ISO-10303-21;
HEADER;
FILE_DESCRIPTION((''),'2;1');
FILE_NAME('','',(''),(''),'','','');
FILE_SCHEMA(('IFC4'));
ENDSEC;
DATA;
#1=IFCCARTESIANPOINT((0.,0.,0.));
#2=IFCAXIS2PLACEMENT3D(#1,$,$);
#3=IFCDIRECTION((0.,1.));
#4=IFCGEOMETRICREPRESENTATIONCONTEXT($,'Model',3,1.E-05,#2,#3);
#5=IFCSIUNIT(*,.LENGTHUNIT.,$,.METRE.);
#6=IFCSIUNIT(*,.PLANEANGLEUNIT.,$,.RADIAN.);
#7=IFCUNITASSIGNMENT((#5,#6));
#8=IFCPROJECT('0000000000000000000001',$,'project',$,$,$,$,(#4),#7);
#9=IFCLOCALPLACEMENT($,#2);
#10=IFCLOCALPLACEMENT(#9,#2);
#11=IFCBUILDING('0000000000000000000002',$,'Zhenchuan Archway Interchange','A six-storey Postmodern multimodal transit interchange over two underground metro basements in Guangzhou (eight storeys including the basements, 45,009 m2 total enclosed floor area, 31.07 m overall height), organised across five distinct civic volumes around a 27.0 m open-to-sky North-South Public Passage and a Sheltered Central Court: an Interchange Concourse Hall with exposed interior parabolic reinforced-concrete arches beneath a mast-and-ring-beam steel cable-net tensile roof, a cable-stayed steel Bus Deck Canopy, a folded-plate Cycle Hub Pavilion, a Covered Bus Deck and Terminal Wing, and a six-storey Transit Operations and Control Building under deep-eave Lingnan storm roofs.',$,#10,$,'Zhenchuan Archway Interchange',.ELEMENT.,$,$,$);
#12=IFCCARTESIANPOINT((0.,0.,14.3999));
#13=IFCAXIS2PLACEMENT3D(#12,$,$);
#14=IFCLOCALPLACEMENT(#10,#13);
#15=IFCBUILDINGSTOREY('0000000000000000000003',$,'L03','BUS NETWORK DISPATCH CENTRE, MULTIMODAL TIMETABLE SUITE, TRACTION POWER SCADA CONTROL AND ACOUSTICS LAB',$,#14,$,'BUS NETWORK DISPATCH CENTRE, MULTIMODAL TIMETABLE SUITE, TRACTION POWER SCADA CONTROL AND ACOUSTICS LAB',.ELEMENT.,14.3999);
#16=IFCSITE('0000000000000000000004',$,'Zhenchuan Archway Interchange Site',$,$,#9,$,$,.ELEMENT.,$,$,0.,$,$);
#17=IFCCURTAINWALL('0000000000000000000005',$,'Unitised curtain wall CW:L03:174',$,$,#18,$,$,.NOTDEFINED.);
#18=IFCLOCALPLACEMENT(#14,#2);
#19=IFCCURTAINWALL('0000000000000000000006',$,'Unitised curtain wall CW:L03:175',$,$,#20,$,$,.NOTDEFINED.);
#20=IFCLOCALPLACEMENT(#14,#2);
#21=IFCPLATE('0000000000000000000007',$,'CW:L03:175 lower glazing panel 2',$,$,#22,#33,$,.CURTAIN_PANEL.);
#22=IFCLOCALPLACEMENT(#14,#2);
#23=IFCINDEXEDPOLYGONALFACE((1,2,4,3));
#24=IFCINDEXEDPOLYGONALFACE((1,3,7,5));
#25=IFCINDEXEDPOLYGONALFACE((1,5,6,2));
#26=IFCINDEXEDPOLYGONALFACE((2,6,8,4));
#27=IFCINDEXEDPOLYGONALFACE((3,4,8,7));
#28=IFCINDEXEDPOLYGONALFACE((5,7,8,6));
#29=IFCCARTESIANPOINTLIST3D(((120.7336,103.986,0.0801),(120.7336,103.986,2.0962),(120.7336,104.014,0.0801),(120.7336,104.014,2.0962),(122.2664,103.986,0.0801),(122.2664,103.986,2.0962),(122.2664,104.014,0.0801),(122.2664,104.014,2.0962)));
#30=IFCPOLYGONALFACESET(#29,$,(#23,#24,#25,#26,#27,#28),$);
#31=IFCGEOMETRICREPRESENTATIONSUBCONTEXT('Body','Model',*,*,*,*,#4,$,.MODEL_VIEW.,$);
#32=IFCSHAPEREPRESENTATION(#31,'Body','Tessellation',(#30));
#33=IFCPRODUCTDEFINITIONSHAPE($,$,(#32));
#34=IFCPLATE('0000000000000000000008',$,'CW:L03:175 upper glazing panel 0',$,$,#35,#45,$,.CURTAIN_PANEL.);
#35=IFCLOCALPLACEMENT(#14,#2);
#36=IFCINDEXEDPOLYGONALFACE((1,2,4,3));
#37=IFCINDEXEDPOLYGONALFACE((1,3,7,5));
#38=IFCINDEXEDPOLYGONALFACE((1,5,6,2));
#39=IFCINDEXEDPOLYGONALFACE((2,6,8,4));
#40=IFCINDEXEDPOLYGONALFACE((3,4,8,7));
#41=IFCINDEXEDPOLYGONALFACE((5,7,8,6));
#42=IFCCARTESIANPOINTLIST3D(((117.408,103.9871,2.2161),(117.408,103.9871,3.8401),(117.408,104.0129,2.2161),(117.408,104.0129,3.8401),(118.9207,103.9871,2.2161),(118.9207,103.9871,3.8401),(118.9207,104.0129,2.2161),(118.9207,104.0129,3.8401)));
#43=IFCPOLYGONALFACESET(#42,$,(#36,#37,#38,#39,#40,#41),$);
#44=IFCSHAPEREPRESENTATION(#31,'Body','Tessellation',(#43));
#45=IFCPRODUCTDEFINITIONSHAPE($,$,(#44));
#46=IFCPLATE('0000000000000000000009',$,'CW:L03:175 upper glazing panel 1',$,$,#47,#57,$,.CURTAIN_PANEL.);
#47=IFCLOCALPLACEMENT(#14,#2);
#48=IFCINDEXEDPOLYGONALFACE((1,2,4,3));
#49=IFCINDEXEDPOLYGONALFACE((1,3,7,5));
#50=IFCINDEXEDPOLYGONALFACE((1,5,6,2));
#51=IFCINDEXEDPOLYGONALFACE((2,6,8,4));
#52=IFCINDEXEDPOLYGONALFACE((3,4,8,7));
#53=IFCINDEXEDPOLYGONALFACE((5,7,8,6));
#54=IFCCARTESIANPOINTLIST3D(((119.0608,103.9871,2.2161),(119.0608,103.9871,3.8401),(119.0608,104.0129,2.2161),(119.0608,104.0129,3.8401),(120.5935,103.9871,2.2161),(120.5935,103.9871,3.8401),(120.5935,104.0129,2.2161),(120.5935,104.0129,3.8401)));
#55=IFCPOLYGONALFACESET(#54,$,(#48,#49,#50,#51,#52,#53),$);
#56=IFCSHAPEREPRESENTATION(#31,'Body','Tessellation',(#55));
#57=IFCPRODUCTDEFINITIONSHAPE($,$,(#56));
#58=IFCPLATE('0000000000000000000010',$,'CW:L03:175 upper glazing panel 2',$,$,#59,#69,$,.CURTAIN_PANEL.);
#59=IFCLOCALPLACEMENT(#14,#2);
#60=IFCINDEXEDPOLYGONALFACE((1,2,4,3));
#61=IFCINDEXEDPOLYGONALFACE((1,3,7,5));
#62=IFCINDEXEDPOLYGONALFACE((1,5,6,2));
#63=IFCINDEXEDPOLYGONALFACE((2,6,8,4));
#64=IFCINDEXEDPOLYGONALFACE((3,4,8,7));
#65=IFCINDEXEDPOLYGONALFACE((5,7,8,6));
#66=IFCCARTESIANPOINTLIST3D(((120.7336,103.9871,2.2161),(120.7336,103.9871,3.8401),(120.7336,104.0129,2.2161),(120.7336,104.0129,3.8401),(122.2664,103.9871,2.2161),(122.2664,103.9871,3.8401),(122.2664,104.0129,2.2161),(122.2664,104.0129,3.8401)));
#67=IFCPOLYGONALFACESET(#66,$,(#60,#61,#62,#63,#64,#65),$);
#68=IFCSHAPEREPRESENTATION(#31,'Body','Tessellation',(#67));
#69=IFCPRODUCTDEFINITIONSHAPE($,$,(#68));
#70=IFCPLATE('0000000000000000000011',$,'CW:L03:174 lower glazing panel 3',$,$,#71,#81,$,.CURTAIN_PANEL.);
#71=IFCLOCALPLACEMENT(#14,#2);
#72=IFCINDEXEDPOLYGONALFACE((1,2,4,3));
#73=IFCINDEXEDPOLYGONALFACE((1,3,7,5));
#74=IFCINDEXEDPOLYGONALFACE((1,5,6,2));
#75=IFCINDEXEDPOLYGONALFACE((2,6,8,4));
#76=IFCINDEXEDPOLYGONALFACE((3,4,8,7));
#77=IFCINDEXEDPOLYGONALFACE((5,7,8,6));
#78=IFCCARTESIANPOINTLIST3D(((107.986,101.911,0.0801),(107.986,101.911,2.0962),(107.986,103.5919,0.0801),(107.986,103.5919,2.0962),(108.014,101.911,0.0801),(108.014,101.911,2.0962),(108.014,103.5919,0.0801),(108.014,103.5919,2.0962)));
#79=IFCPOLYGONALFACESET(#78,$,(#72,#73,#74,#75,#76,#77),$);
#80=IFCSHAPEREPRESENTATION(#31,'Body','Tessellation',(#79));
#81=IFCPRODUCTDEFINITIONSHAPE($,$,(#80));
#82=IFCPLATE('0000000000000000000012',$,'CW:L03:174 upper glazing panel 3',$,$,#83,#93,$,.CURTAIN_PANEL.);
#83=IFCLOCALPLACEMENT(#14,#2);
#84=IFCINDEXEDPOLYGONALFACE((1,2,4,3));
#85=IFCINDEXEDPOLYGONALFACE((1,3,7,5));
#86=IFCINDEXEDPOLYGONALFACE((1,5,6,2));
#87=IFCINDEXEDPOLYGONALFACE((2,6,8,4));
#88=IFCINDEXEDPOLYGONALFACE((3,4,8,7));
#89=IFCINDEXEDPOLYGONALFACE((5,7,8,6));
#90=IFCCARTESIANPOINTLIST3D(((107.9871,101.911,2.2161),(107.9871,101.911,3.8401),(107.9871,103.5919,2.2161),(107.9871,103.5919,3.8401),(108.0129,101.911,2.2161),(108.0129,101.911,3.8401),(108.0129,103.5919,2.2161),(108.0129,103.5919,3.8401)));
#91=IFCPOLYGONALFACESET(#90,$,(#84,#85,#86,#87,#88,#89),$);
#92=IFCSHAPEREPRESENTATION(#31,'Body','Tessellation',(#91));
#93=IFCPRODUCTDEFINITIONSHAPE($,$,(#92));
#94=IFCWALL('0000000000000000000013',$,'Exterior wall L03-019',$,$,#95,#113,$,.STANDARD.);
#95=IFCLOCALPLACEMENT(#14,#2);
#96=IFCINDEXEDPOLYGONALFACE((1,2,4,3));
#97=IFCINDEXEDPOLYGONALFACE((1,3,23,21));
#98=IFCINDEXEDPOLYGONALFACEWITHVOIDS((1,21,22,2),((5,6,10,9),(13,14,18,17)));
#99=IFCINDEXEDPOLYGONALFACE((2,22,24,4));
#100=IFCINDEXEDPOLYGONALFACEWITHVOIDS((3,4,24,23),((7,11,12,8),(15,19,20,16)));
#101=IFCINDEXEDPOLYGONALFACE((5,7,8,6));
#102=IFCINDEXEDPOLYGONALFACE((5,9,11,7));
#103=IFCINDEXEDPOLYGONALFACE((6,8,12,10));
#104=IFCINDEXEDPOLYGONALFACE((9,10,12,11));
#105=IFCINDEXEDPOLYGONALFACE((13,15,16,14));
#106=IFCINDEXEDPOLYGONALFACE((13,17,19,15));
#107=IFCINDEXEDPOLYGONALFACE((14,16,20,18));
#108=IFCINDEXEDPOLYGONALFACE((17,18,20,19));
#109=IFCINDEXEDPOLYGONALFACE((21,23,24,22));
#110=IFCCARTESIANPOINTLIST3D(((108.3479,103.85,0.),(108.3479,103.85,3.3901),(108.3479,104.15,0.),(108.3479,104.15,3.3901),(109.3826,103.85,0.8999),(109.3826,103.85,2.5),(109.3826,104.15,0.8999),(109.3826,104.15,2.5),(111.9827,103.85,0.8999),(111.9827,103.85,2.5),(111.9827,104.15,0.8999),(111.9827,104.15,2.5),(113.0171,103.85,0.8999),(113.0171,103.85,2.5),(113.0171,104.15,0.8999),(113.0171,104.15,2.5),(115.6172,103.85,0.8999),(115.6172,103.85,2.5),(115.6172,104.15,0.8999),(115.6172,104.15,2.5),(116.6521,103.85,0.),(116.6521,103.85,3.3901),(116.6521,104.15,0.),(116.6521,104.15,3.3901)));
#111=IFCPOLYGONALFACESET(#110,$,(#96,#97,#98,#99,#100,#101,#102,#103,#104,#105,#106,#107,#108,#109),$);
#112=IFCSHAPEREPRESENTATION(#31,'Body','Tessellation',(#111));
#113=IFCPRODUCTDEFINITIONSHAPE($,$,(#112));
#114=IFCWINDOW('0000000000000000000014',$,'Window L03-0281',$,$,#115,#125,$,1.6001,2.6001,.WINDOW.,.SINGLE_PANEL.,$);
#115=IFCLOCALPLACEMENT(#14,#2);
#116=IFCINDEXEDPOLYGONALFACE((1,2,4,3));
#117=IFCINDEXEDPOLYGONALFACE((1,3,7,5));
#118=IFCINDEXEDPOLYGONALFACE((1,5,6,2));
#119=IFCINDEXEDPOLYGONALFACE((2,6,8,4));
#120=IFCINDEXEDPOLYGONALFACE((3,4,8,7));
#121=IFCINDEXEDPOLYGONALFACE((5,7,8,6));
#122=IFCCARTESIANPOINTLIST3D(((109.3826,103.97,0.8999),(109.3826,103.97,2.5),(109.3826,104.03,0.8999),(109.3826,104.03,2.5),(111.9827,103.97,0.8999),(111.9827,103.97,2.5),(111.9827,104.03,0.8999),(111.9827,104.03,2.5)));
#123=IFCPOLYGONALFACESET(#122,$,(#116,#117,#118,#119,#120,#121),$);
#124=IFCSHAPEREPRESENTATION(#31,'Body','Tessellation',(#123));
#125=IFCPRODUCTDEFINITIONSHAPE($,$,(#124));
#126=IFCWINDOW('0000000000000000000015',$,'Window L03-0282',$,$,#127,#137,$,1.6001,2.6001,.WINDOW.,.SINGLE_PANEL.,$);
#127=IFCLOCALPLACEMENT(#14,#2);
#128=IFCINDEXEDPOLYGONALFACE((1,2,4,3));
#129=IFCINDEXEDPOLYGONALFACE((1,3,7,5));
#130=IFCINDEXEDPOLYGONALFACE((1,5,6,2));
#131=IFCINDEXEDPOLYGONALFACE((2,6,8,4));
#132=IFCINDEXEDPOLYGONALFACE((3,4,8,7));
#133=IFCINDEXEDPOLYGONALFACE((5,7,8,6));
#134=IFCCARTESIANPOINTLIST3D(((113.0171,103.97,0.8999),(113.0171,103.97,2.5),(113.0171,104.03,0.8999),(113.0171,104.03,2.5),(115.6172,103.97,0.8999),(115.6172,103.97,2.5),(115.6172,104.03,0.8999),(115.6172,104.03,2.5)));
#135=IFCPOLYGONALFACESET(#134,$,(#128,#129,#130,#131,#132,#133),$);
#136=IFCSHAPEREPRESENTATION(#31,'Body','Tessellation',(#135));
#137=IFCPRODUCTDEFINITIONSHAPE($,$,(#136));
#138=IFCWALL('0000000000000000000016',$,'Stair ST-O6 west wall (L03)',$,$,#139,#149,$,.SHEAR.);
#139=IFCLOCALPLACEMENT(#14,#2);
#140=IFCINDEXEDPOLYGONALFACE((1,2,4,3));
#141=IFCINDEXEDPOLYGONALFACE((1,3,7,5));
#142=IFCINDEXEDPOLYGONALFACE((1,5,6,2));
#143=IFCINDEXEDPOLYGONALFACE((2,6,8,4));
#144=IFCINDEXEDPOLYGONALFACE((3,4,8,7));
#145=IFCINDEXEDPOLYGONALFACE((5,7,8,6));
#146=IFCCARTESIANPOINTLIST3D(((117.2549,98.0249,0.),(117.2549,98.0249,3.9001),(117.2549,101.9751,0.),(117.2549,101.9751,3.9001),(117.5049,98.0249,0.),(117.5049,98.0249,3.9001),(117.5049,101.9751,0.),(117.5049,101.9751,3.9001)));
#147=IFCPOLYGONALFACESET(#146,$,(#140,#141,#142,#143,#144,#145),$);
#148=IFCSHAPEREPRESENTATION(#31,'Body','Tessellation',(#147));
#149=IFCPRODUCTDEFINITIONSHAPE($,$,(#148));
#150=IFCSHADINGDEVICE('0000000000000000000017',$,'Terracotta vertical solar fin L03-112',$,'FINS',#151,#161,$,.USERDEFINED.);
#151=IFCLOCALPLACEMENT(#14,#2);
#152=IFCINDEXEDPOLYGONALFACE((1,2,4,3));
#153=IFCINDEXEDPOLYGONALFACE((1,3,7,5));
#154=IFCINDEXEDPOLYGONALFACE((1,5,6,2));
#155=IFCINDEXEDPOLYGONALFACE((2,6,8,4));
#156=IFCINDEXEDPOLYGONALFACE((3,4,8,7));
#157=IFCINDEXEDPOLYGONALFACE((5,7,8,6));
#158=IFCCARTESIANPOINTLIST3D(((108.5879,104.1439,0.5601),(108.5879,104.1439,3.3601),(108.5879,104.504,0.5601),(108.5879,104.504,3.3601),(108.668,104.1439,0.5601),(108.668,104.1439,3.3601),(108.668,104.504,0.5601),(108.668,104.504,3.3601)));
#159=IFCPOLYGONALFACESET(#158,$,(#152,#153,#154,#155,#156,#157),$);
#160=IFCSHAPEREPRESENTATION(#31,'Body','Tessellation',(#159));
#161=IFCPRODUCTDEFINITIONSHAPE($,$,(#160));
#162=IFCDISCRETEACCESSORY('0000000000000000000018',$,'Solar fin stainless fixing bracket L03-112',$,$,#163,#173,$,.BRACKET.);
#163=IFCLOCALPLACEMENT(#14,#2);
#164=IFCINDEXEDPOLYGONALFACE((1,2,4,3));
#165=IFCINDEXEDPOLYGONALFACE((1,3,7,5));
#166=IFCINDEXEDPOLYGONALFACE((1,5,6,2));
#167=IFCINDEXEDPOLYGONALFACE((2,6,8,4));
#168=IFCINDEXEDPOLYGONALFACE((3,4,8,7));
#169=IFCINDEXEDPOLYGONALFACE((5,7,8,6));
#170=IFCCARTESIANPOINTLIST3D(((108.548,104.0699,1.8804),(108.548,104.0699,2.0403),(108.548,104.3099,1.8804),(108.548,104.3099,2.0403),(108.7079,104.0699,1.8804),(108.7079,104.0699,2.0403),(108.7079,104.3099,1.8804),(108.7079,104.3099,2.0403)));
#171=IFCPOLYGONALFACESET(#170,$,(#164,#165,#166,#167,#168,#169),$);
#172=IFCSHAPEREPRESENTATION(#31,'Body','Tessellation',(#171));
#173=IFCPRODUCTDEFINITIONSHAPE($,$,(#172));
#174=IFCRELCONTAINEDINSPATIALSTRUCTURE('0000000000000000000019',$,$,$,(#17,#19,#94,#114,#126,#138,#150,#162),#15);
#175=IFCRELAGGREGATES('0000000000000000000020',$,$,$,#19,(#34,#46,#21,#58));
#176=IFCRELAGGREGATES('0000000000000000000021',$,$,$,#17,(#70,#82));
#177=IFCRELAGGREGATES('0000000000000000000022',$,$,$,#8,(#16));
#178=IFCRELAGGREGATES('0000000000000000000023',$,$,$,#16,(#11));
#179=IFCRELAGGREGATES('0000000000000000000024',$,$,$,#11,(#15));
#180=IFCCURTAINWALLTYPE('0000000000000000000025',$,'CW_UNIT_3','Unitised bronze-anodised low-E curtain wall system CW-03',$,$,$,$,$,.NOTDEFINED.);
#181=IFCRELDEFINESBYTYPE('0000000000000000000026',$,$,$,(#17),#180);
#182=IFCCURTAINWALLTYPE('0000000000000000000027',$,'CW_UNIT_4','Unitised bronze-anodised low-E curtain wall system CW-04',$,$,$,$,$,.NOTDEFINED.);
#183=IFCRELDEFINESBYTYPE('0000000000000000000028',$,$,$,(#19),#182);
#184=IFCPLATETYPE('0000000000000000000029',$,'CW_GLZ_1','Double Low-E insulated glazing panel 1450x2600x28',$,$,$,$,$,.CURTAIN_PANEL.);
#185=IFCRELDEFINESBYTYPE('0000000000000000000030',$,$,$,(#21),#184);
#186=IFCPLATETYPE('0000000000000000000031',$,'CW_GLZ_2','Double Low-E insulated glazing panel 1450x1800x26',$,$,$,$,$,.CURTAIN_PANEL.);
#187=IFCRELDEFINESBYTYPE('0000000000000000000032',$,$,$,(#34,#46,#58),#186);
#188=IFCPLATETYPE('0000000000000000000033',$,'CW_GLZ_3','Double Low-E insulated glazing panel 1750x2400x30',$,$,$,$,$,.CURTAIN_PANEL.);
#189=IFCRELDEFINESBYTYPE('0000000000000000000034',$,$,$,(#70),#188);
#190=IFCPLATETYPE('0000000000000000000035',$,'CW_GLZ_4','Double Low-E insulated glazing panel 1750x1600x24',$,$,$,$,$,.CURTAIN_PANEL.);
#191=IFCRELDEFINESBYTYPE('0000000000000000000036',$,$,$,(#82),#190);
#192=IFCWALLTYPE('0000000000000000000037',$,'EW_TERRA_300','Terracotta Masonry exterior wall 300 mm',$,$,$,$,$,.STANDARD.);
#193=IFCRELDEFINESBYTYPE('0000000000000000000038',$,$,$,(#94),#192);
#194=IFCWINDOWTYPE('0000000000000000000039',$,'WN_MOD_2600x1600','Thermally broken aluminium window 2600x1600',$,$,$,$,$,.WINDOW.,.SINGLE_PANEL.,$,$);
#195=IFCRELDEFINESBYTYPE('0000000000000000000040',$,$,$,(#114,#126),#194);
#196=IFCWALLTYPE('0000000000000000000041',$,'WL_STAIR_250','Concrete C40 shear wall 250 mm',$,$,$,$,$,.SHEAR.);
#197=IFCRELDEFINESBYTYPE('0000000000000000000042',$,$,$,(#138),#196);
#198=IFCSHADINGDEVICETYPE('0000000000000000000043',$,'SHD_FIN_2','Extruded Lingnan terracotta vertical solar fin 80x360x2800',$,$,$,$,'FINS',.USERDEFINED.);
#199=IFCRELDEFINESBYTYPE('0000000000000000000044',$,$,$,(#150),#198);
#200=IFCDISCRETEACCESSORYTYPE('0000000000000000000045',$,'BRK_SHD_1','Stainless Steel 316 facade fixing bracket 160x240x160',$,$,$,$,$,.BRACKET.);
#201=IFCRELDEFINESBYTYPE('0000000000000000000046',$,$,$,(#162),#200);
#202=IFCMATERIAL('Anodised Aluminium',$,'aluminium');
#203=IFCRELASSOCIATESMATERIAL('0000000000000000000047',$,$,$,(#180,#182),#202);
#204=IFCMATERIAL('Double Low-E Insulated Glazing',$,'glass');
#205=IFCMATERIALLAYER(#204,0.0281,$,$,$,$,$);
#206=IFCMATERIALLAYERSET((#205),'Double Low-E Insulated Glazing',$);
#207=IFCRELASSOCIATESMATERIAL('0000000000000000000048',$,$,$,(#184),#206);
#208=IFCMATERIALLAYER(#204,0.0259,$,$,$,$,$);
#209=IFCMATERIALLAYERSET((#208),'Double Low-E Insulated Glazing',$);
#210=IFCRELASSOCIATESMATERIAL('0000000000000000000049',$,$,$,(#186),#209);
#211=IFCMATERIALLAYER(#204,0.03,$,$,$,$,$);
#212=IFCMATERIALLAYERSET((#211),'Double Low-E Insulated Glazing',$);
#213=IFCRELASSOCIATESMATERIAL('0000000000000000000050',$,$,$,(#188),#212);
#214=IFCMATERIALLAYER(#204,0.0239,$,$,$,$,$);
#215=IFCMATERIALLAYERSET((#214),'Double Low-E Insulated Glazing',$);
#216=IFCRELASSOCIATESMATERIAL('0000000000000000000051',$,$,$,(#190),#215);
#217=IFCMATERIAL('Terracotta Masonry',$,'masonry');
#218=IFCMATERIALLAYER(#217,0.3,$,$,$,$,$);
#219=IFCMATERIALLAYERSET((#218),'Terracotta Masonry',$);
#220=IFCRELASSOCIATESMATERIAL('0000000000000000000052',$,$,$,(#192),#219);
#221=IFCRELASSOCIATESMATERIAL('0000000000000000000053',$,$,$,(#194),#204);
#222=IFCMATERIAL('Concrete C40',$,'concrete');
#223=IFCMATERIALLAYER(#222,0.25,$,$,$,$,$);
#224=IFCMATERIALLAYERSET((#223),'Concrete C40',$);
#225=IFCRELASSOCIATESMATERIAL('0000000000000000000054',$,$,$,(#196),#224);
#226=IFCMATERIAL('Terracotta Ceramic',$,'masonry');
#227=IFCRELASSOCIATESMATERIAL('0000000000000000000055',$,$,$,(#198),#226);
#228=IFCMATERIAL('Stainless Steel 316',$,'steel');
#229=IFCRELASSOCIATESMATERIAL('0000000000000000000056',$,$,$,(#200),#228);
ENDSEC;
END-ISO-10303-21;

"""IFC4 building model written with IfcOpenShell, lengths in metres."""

from ifc_helpers import new_model, si_unit, direction, frame, frame_2d, origin, origin_2d, place, context, subcontext, project, spatial, rectangle, extrude, material, layer, layer_set, type_object, element, fill, aggregate, save


model = new_model("IFC4")

# Units and contexts
model_context = context("Model", 3, precision=1e-05, world=origin(), true_north=direction((0.0, 1.0)))
body_context = subcontext(model_context, "Body", "Model", "MODEL_VIEW")
ifc_project = project(units=[si_unit("LENGTHUNIT", "METRE"), si_unit("PLANEANGLEUNIT", "RADIAN")], contexts=[model_context])

# Site, building, storey
site_placement = place(None, origin())
site = spatial("IfcSite", under=ifc_project, at=site_placement, Name="Zhenchuan Archway Interchange Site", CompositionType="ELEMENT", RefElevation=0.0)
building_placement = place(site_placement, origin())
building = spatial("IfcBuilding", under=site, at=building_placement, Name="Zhenchuan Archway Interchange", Description="A six-storey Postmodern multimodal transit interchange over two underground metro basements in Guangzhou (eight storeys including the basements, 45,009 m2 total enclosed floor area, 31.07 m overall height), organised across five distinct civic volumes around a 27.0 m open-to-sky North-South Public Passage and a Sheltered Central Court: an Interchange Concourse Hall with exposed interior parabolic reinforced-concrete arches beneath a mast-and-ring-beam steel cable-net tensile roof, a cable-stayed steel Bus Deck Canopy, a folded-plate Cycle Hub Pavilion, a Covered Bus Deck and Terminal Wing, and a six-storey Transit Operations and Control Building under deep-eave Lingnan storm roofs.", LongName="Zhenchuan Archway Interchange", CompositionType="ELEMENT")
storey_placement = place(building_placement, frame((0.0, 0.0, 14.3999)))
storey = spatial("IfcBuildingStorey", under=building, at=storey_placement, Name="L03", Description="BUS NETWORK DISPATCH CENTRE, MULTIMODAL TIMETABLE SUITE, TRACTION POWER SCADA CONTROL AND ACOUSTICS LAB", LongName="BUS NETWORK DISPATCH CENTRE, MULTIMODAL TIMETABLE SUITE, TRACTION POWER SCADA CONTROL AND ACOUSTICS LAB", CompositionType="ELEMENT", Elevation=14.3999)

# Shared definitions
ifc_material_1 = material(Name="Concrete C40", Category="concrete")

# Curtain wall
ifc_material_2 = material(Name="Anodised Aluminium", Category="aluminium")
curtain_wall_type_1 = type_object("IfcCurtainWallType", Name="CW_UNIT_3", Description="Unitised bronze-anodised low-E curtain wall system CW-03", PredefinedType="NOTDEFINED", material=ifc_material_2)
curtain_wall_1_placement = place(storey_placement, origin())
curtain_wall_1 = element("IfcCurtainWall", 1, at=curtain_wall_1_placement, inside=storey, type_object=curtain_wall_type_1, Name="Unitised curtain wall CW:L03:174", PredefinedType="NOTDEFINED")

# Curtain wall
curtain_wall_type_2 = type_object("IfcCurtainWallType", Name="CW_UNIT_4", Description="Unitised bronze-anodised low-E curtain wall system CW-04", PredefinedType="NOTDEFINED", material=ifc_material_2)
curtain_wall_2_placement = place(storey_placement, origin())
curtain_wall_2 = element("IfcCurtainWall", 2, at=curtain_wall_2_placement, inside=storey, type_object=curtain_wall_type_2, Name="Unitised curtain wall CW:L03:175", PredefinedType="NOTDEFINED")

# Plates
ifc_material_3 = material(Name="Double Low-E Insulated Glazing", Category="glass")
ifc_layer_1 = layer(ifc_material_3, 0.0281)
ifc_layer_set_1 = layer_set([ifc_layer_1], Name="Double Low-E Insulated Glazing")
plate_type_1 = type_object("IfcPlateType", Name="CW_GLZ_1", Description="Double Low-E insulated glazing panel 1450x2600x28", PredefinedType="CURTAIN_PANEL", material=ifc_layer_set_1)
plate_1_placement = place(storey_placement, frame((121.5, 104.0, 0.0801), z_axis=(0.0, 0.0, 1.0), x_axis=(1.0, 0.0, 0.0)))
plate_1 = element("IfcPlate", 3, at=plate_1_placement, type_object=plate_type_1, Name="CW:L03:175 lower glazing panel 2", PredefinedType="CURTAIN_PANEL", context=body_context, shape_type="SweptSolid", body=[
    extrude(rectangle(XDim=1.5327, YDim=0.0281, at=origin_2d()), origin(), (0.0, 0.0, 1.0), 2.0161),
])
ifc_layer_2 = layer(ifc_material_3, 0.0259)
ifc_layer_set_2 = layer_set([ifc_layer_2], Name="Double Low-E Insulated Glazing")
plate_type_2 = type_object("IfcPlateType", Name="CW_GLZ_2", Description="Double Low-E insulated glazing panel 1450x1800x26", PredefinedType="CURTAIN_PANEL", material=ifc_layer_set_2)
plate_2_placement = place(storey_placement, frame((118.1643, 104.0, 2.2161), z_axis=(0.0, 0.0, 1.0), x_axis=(1.0, 0.0, 0.0)))
plate_2 = element("IfcPlate", 4, at=plate_2_placement, type_object=plate_type_2, Name="CW:L03:175 upper glazing panel 0", PredefinedType="CURTAIN_PANEL", context=body_context, shape_type="SweptSolid", body=[
    extrude(rectangle(XDim=1.5127, YDim=0.0259, at=origin_2d()), origin(), (0.0, 0.0, 1.0), 1.624),
])
plate_3_placement = place(storey_placement, frame((119.8271, 104.0, 2.2161), z_axis=(0.0, 0.0, 1.0), x_axis=(1.0, 0.0, 0.0)))
plate_3 = element("IfcPlate", 5, at=plate_3_placement, type_object=plate_type_2, Name="CW:L03:175 upper glazing panel 1", PredefinedType="CURTAIN_PANEL", context=body_context, shape_type="SweptSolid", body=[
    extrude(rectangle(XDim=1.5327, YDim=0.0259, at=origin_2d()), origin(), (0.0, 0.0, 1.0), 1.624),
])
plate_4_placement = place(storey_placement, frame((121.5, 104.0, 2.2161), z_axis=(0.0, 0.0, 1.0), x_axis=(1.0, 0.0, 0.0)))
plate_4 = element("IfcPlate", 6, at=plate_4_placement, type_object=plate_type_2, Name="CW:L03:175 upper glazing panel 2", PredefinedType="CURTAIN_PANEL", context=body_context, shape_type="SweptSolid", body=[
    extrude(rectangle(XDim=1.5327, YDim=0.0259, at=origin_2d()), origin(), (0.0, 0.0, 1.0), 1.624),
])
aggregate(curtain_wall_2, [plate_2, plate_3, plate_1, plate_4])
ifc_layer_3 = layer(ifc_material_3, 0.03)
ifc_layer_set_3 = layer_set([ifc_layer_3], Name="Double Low-E Insulated Glazing")
plate_type_3 = type_object("IfcPlateType", Name="CW_GLZ_3", Description="Double Low-E insulated glazing panel 1750x2400x30", PredefinedType="CURTAIN_PANEL", material=ifc_layer_set_3)
plate_5_placement = place(storey_placement, frame((108.0, 102.7515, 0.0801), z_axis=(0.0, 0.0, 1.0), x_axis=(0.0, 1.0, 0.0)))
plate_5 = element("IfcPlate", 7, at=plate_5_placement, type_object=plate_type_3, Name="CW:L03:174 lower glazing panel 3", PredefinedType="CURTAIN_PANEL", context=body_context, shape_type="SweptSolid", body=[
    extrude(rectangle(XDim=1.6809, YDim=0.0281, at=origin_2d()), origin(), (0.0, 0.0, 1.0), 2.0161),
])
ifc_layer_4 = layer(ifc_material_3, 0.0239)
ifc_layer_set_4 = layer_set([ifc_layer_4], Name="Double Low-E Insulated Glazing")
plate_type_4 = type_object("IfcPlateType", Name="CW_GLZ_4", Description="Double Low-E insulated glazing panel 1750x1600x24", PredefinedType="CURTAIN_PANEL", material=ifc_layer_set_4)
plate_6_placement = place(storey_placement, frame((108.0, 102.7515, 2.2161), z_axis=(0.0, 0.0, 1.0), x_axis=(0.0, 1.0, 0.0)))
plate_6 = element("IfcPlate", 8, at=plate_6_placement, type_object=plate_type_4, Name="CW:L03:174 upper glazing panel 3", PredefinedType="CURTAIN_PANEL", context=body_context, shape_type="SweptSolid", body=[
    extrude(rectangle(XDim=1.6809, YDim=0.0259, at=origin_2d()), origin(), (0.0, 0.0, 1.0), 1.624),
])
aggregate(curtain_wall_1, [plate_5, plate_6])

# Wall, openings, windows
ifc_material_4 = material(Name="Terracotta Masonry", Category="masonry")
ifc_layer_5 = layer(ifc_material_4, 0.3)
ifc_layer_set_5 = layer_set([ifc_layer_5], Name="Terracotta Masonry")
wall_type_1 = type_object("IfcWallType", Name="EW_TERRA_300", Description="Terracotta Masonry exterior wall 300 mm", PredefinedType="STANDARD", material=ifc_layer_set_5)
wall_1_placement = place(storey_placement, frame((108.3479, 104.0, 0.0), z_axis=(0.0, 0.0, 1.0), x_axis=(1.0, 0.0, 0.0)))
wall_1 = element("IfcWall", 9, at=wall_1_placement, inside=storey, type_object=wall_type_1, Name="Exterior wall L03-019", PredefinedType="STANDARD", context=body_context, shape_type="SweptSolid", body=[
    extrude(rectangle(XDim=8.3042, YDim=0.3, at=frame_2d((4.1521, 0.0))), origin(), (0.0, 0.0, 1.0), 3.3901),
])
opening_1_placement = place(wall_1_placement, frame((1.0347, 0.0, 0.8999)))
opening_1 = element("IfcOpeningElement", 10, at=opening_1_placement, cuts=wall_1, PredefinedType="OPENING", context=body_context, shape_type="SweptSolid", body=[
    extrude(rectangle(XDim=2.6001, YDim=1.6001, at=frame_2d((1.3, 0.8))), frame((0.0, 0.1621, 0.0), z_axis=(0.0, -1.0, 0.0), x_axis=(1.0, 0.0, 0.0)), (0.0, 0.0, 1.0), 0.324),
])
opening_2_placement = place(wall_1_placement, frame((4.6692, 0.0, 0.8999)))
opening_2 = element("IfcOpeningElement", 11, at=opening_2_placement, cuts=wall_1, PredefinedType="OPENING", context=body_context, shape_type="SweptSolid", body=[
    extrude(rectangle(XDim=2.6001, YDim=1.6001, at=frame_2d((1.3, 0.8))), frame((0.0, 0.1621, 0.0), z_axis=(0.0, -1.0, 0.0), x_axis=(1.0, 0.0, 0.0)), (0.0, 0.0, 1.0), 0.324),
])
window_type = type_object("IfcWindowType", Name="WN_MOD_2600x1600", Description="Thermally broken aluminium window 2600x1600", PartitioningType="SINGLE_PANEL", PredefinedType="WINDOW", material=ifc_material_3)
window_1_placement = place(opening_1_placement, origin())
window_1 = element("IfcWindow", 12, at=window_1_placement, inside=storey, type_object=window_type, Name="Window L03-0281", OverallHeight=1.6001, OverallWidth=2.6001, PartitioningType="SINGLE_PANEL", PredefinedType="WINDOW", context=body_context, shape_type="SweptSolid", body=[
    extrude(rectangle(XDim=2.6001, YDim=1.6001, at=frame_2d((1.3, 0.8))), frame((0.0, 0.03, 0.0), z_axis=(0.0, -1.0, 0.0), x_axis=(1.0, 0.0, 0.0)), (0.0, 0.0, 1.0), 0.0601),
])
fill(opening_1, window_1)
window_2_placement = place(opening_2_placement, origin())
window_2 = element("IfcWindow", 13, at=window_2_placement, inside=storey, type_object=window_type, Name="Window L03-0282", OverallHeight=1.6001, OverallWidth=2.6001, PartitioningType="SINGLE_PANEL", PredefinedType="WINDOW", context=body_context, shape_type="SweptSolid", body=[
    extrude(rectangle(XDim=2.6001, YDim=1.6001, at=frame_2d((1.3, 0.8))), frame((0.0, 0.03, 0.0), z_axis=(0.0, -1.0, 0.0), x_axis=(1.0, 0.0, 0.0)), (0.0, 0.0, 1.0), 0.0601),
])
fill(opening_2, window_2)

# Wall
ifc_layer_6 = layer(ifc_material_1, 0.25)
ifc_layer_set_6 = layer_set([ifc_layer_6], Name="Concrete C40")
wall_type_2 = type_object("IfcWallType", Name="WL_STAIR_250", Description="Concrete C40 shear wall 250 mm", PredefinedType="SHEAR", material=ifc_layer_set_6)
wall_2_placement = place(storey_placement, frame((117.3799, 101.9751, 0.0), z_axis=(0.0, 0.0, 1.0), x_axis=(0.0, -1.0, 0.0)))
element("IfcWall", 14, at=wall_2_placement, inside=storey, type_object=wall_type_2, Name="Stair ST-O6 west wall (L03)", PredefinedType="SHEAR", context=body_context, shape_type="SweptSolid", body=[
    extrude(rectangle(XDim=3.9502, YDim=0.25, at=frame_2d((1.9751, 0.0))), origin(), (0.0, 0.0, 1.0), 3.9001),
])

# Shading device
ifc_material_5 = material(Name="Terracotta Ceramic", Category="masonry")
shading_device_type = type_object("IfcShadingDeviceType", Name="SHD_FIN_2", Description="Extruded Lingnan terracotta vertical solar fin 80x360x2800", ElementType="FINS", PredefinedType="USERDEFINED", material=ifc_material_5)
shading_device_placement = place(storey_placement, frame((108.6279, 104.324, 0.5601), z_axis=(0.0, 0.0, 1.0), x_axis=(1.0, 0.0, 0.0)))
element("IfcShadingDevice", 15, at=shading_device_placement, inside=storey, type_object=shading_device_type, Name="Terracotta vertical solar fin L03-112", ObjectType="FINS", PredefinedType="USERDEFINED", context=body_context, shape_type="SweptSolid", body=[
    extrude(rectangle(XDim=0.0801, YDim=0.3601, at=origin_2d()), origin(), (0.0, 0.0, 1.0), 2.8),
])

# Discrete accessory
ifc_material_6 = material(Name="Stainless Steel 316", Category="steel")
discrete_accessory_type = type_object("IfcDiscreteAccessoryType", Name="BRK_SHD_1", Description="Stainless Steel 316 facade fixing bracket 160x240x160", PredefinedType="BRACKET", material=ifc_material_6)
discrete_accessory_placement = place(storey_placement, frame((108.6279, 104.1899, 1.8804), z_axis=(0.0, 0.0, 1.0), x_axis=(1.0, 0.0, 0.0)))
element("IfcDiscreteAccessory", 16, at=discrete_accessory_placement, inside=storey, type_object=discrete_accessory_type, Name="Solar fin stainless fixing bracket L03-112", PredefinedType="BRACKET", context=body_context, shape_type="SweptSolid", body=[
    extrude(rectangle(XDim=0.1599, YDim=0.24, at=origin_2d()), origin(), (0.0, 0.0, 1.0), 0.1599),
])

save(model, "model.ifc")
